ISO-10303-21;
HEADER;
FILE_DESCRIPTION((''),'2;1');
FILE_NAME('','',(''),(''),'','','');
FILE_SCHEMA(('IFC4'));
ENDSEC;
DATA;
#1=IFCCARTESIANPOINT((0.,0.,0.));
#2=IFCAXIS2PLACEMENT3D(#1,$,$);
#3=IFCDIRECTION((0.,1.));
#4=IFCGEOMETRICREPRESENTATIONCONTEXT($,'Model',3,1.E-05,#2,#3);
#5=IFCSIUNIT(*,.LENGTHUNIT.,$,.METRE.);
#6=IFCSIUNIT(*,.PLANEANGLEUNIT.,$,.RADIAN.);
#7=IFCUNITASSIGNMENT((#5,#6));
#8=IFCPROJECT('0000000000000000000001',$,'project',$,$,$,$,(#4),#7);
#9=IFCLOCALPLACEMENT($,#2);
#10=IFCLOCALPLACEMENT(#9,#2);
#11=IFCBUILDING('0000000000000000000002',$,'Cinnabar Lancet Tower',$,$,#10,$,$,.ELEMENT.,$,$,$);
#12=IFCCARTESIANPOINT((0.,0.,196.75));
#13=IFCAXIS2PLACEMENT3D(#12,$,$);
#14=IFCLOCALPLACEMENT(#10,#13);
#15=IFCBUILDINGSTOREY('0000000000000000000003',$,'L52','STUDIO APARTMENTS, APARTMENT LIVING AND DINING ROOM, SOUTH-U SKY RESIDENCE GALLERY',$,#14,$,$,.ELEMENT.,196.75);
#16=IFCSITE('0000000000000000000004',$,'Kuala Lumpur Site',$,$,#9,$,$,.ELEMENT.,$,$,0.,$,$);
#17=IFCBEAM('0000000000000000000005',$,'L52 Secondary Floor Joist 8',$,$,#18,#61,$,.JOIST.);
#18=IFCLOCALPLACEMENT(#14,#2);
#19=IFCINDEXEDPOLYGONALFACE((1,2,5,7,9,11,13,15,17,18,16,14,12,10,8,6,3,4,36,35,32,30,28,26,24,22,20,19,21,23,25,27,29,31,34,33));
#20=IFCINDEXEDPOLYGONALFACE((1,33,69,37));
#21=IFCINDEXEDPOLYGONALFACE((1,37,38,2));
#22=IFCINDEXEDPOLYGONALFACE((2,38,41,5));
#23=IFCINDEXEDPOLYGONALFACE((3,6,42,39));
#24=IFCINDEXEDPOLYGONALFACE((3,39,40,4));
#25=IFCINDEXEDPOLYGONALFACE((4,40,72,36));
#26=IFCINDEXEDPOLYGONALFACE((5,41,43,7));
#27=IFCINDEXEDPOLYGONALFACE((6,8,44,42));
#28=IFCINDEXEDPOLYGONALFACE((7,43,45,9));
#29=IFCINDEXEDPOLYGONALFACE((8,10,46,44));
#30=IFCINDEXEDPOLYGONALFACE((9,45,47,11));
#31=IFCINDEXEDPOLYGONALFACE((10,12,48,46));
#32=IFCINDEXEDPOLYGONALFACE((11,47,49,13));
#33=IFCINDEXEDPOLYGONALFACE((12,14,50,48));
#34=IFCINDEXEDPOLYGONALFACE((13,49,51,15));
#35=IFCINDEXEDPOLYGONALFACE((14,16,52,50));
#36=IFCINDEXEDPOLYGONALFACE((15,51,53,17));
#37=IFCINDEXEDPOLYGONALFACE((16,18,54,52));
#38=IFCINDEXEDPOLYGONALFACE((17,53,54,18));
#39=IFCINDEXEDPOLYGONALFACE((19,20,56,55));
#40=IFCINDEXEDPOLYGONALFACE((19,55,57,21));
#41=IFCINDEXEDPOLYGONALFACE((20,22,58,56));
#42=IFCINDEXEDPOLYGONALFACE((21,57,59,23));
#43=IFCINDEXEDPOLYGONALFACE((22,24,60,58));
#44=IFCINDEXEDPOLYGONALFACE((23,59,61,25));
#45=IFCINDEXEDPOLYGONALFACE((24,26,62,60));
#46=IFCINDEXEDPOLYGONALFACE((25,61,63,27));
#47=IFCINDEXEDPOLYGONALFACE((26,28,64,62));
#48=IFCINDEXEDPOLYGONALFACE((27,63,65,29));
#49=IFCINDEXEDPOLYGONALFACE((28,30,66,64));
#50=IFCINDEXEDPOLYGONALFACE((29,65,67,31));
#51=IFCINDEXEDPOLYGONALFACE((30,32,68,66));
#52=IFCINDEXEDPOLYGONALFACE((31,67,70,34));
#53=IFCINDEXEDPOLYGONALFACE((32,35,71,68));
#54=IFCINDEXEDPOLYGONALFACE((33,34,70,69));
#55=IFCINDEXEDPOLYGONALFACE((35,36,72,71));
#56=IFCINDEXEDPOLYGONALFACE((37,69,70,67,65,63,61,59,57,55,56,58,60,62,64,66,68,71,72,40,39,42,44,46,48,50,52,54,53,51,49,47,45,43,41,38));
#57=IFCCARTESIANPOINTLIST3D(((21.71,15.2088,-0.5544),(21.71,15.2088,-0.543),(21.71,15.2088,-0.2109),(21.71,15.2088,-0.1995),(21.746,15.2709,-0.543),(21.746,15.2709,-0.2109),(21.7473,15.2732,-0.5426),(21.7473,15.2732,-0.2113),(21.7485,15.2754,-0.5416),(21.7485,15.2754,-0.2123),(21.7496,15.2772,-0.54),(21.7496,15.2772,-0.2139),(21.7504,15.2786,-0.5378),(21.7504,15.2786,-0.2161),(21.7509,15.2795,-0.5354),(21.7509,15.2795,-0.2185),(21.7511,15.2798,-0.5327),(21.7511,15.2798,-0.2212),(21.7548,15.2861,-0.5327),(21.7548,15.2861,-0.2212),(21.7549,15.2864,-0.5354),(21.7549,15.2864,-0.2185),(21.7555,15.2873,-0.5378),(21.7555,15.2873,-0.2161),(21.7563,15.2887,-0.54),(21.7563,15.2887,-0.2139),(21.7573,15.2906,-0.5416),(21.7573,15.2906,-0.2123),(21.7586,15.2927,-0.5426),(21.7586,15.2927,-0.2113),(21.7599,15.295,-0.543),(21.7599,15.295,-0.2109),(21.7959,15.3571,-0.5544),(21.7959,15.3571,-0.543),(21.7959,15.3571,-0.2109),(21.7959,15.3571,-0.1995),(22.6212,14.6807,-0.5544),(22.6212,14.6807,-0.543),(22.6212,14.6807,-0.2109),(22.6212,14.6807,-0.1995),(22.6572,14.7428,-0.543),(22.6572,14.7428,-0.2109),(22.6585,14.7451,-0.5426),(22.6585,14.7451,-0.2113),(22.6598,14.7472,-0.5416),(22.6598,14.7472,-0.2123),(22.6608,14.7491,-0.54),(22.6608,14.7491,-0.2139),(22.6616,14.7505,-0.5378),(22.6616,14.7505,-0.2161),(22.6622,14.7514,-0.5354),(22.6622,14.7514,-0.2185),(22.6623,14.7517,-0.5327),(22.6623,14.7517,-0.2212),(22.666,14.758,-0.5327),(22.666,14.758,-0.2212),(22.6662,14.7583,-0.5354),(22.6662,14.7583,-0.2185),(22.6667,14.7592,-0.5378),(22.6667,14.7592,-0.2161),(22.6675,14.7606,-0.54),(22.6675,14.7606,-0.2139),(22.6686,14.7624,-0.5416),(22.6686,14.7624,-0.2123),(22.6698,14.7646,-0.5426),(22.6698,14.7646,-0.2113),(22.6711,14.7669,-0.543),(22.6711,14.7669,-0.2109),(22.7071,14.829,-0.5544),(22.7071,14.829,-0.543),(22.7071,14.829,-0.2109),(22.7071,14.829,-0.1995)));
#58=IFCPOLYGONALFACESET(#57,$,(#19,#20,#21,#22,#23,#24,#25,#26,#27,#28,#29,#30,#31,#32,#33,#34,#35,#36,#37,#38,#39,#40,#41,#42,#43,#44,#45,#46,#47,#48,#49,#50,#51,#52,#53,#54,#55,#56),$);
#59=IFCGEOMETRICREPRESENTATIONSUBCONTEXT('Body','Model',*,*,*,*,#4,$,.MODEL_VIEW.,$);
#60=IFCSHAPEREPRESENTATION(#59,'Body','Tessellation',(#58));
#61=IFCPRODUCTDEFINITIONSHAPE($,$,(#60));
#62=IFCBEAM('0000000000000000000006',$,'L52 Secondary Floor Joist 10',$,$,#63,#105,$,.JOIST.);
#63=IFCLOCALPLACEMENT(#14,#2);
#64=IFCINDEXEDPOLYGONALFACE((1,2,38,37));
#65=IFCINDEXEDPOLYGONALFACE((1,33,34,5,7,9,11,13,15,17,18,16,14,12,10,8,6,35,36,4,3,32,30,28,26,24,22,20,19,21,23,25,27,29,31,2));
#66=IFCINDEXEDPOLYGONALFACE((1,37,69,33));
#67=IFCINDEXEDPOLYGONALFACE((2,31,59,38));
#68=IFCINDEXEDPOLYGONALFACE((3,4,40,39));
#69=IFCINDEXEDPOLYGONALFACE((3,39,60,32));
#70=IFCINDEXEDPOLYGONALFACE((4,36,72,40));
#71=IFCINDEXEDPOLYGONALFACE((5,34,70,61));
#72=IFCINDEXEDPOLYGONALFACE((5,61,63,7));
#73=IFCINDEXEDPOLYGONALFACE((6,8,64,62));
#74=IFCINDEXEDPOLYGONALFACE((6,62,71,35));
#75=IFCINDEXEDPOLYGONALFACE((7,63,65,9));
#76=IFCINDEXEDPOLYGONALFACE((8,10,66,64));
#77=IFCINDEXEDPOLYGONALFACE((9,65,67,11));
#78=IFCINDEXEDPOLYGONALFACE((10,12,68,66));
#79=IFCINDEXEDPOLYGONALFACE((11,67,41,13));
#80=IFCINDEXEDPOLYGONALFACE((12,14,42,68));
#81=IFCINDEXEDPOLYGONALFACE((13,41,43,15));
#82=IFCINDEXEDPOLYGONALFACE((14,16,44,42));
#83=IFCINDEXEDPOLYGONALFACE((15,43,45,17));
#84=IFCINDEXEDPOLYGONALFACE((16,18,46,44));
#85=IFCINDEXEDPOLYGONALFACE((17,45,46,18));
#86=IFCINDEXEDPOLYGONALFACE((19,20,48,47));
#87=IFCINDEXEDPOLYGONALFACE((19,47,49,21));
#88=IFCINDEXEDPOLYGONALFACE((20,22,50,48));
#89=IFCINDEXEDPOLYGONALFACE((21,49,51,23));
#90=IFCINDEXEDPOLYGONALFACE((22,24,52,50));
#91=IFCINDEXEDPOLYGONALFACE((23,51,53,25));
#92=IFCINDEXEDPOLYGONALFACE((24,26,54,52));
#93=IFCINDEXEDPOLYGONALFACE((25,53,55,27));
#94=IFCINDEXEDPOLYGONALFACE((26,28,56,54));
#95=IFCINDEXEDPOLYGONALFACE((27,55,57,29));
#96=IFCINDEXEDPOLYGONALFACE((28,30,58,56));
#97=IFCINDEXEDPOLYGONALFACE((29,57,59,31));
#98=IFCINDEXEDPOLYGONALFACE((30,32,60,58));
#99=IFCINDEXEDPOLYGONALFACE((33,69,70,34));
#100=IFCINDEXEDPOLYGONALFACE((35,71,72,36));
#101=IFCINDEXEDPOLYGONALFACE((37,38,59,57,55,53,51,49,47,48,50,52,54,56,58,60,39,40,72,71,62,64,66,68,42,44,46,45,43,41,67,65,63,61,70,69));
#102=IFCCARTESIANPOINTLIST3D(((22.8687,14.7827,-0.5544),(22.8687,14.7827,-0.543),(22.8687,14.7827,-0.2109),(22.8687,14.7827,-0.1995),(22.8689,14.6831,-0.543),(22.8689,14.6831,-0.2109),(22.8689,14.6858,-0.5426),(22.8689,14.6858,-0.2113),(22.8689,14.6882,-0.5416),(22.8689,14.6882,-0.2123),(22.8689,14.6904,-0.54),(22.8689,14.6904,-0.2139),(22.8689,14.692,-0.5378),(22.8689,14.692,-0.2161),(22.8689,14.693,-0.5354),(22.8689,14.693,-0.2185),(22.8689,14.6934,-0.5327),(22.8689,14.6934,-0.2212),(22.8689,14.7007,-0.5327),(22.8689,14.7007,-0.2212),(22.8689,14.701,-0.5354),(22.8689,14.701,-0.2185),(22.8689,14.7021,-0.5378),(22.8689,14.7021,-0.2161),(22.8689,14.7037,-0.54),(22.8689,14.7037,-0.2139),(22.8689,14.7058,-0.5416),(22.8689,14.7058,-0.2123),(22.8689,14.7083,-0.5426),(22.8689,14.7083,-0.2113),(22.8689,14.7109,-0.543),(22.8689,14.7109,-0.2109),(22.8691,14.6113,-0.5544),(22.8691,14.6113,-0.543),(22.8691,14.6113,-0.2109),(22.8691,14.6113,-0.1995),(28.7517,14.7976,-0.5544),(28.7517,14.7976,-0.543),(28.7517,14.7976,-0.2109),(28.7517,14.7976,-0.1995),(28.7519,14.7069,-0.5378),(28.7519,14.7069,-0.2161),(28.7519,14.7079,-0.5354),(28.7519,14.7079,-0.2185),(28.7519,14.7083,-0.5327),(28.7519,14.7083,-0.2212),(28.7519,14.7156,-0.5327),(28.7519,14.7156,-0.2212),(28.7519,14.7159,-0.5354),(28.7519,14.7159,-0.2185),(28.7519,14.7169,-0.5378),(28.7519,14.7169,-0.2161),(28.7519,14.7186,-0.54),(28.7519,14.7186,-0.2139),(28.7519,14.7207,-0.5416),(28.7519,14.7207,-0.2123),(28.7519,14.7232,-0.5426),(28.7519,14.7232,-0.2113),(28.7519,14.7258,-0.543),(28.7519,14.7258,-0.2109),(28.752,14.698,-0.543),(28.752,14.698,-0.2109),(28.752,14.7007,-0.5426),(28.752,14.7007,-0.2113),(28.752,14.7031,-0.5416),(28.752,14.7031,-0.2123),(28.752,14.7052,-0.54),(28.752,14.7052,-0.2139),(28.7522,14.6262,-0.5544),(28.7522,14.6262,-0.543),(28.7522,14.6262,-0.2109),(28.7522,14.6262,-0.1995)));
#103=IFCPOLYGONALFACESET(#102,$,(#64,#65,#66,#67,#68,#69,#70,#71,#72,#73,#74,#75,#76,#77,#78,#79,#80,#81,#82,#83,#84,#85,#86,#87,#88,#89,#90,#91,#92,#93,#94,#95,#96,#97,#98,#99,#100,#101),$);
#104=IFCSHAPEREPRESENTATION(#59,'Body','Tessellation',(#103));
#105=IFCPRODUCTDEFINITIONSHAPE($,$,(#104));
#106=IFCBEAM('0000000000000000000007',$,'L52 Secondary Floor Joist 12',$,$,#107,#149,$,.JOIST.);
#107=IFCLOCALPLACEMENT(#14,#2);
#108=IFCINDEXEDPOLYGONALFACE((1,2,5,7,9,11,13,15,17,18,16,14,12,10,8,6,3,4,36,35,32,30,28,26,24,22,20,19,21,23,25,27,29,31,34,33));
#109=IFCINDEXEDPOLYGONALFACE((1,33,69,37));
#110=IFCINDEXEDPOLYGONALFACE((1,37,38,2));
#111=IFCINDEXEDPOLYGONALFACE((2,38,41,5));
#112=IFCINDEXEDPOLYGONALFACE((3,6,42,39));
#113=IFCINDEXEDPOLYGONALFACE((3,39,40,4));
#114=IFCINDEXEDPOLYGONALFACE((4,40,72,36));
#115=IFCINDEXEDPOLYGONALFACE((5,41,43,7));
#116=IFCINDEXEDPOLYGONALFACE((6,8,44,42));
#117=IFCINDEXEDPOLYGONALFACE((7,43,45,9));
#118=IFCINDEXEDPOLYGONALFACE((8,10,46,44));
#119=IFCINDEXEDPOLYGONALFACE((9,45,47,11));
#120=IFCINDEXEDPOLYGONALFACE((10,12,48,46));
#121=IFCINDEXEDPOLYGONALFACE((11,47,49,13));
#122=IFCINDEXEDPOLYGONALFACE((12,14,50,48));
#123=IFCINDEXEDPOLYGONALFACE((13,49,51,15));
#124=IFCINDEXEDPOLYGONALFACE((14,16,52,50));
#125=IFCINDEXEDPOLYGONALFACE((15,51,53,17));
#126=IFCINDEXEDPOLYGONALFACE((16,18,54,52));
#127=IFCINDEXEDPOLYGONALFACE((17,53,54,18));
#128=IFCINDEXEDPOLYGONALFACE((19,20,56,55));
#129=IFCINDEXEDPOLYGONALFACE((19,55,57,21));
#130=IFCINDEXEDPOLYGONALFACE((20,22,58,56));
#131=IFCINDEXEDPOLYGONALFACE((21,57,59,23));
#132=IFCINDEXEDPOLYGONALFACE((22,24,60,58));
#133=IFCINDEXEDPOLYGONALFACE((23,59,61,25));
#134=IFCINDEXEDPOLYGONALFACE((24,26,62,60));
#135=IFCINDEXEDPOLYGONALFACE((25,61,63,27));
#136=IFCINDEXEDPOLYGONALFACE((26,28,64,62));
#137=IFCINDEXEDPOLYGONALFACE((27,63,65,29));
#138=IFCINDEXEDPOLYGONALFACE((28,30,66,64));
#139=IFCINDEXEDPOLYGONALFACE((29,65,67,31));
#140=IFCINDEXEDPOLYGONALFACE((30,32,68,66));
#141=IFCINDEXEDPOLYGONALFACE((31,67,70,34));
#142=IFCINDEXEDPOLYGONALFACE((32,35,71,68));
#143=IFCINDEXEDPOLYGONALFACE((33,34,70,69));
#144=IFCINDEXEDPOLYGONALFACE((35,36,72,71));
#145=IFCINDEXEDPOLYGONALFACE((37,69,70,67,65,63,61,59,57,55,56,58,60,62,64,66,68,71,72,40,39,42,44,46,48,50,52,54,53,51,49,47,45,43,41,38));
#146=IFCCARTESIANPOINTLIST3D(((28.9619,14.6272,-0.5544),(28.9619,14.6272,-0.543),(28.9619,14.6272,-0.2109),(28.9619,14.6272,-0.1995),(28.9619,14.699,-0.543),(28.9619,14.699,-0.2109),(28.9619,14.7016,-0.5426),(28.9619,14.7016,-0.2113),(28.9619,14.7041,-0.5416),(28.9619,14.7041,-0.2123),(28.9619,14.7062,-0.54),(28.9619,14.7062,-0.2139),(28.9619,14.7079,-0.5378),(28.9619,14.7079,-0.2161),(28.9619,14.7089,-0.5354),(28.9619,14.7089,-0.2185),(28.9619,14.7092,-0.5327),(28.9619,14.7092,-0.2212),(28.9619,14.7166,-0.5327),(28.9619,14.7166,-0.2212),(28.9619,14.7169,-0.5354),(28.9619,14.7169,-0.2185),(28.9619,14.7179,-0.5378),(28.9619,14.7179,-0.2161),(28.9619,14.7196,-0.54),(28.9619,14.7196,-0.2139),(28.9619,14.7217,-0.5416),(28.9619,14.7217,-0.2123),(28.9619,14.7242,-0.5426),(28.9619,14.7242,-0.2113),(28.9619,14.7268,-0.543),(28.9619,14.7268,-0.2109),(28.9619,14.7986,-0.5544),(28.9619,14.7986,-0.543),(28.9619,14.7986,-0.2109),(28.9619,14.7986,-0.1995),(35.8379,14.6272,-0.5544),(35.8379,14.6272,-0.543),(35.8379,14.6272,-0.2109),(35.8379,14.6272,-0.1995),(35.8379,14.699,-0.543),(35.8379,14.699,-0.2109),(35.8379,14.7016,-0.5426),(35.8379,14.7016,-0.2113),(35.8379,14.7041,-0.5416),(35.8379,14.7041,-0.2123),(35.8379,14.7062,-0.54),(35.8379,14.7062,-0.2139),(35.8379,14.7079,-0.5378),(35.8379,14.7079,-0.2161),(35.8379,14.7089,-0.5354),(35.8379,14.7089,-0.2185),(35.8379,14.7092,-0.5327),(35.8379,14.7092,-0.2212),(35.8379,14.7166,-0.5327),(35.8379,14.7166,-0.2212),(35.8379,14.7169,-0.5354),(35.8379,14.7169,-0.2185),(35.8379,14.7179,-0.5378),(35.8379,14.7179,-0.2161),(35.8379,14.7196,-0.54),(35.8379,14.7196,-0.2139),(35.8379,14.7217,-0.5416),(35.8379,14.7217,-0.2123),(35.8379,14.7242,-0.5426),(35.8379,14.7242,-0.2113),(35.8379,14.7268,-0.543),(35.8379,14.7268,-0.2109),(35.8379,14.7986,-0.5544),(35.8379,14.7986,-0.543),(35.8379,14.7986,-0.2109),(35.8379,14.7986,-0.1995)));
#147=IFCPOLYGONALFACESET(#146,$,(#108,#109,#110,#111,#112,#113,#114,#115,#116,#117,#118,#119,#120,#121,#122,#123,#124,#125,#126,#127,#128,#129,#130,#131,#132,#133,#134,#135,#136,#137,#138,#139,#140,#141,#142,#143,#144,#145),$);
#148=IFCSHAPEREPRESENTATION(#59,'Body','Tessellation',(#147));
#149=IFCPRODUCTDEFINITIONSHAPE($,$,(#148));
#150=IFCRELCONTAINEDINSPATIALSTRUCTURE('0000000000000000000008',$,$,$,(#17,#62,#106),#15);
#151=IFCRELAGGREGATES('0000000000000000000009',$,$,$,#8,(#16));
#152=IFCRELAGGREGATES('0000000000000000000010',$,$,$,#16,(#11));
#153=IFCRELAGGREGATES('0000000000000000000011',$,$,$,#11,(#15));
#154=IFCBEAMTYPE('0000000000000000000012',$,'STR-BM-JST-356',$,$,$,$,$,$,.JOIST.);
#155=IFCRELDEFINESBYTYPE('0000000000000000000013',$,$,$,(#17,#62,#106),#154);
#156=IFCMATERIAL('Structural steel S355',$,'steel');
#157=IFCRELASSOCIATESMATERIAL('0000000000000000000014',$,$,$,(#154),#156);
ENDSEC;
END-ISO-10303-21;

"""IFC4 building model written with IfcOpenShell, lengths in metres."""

from ifc_helpers import new_model, si_unit, direction, frame, origin, origin_2d, place, context, subcontext, project, spatial, i_section, extrude, material, material_profile, profile_set, type_object, element, save


model = new_model("IFC4")

# Units and contexts
model_context = context("Model", 3, precision=1e-05, world=origin(), true_north=direction((0.0, 1.0)))
body_context = subcontext(model_context, "Body", "Model", "MODEL_VIEW")
ifc_project = project(units=[si_unit("LENGTHUNIT", "METRE"), si_unit("PLANEANGLEUNIT", "RADIAN")], contexts=[model_context])

# Site, building, storey
site_placement = place(None, origin())
site = spatial("IfcSite", under=ifc_project, at=site_placement, Name="Kuala Lumpur Site", CompositionType="ELEMENT", RefElevation=0.0)
building_placement = place(site_placement, origin())
building = spatial("IfcBuilding", under=site, at=building_placement, Name="Cinnabar Lancet Tower", CompositionType="ELEMENT")
storey_placement = place(building_placement, frame((0.0, 0.0, 196.75)))
storey = spatial("IfcBuildingStorey", under=building, at=storey_placement, Name="L52", Description="STUDIO APARTMENTS, APARTMENT LIVING AND DINING ROOM, SOUTH-U SKY RESIDENCE GALLERY", CompositionType="ELEMENT", Elevation=196.75)

# Beams
ifc_material_1 = material(Name="Structural steel S355", Category="steel")
ifc_material_profile_1 = material_profile(ifc_material_1, i_section(OverallWidth=0.1714, OverallDepth=0.355, WebThickness=0.0073, FlangeThickness=0.0115, FilletRadius=0.0103, at=origin_2d()), Name="UKB 356x171x51")
ifc_profile_set_1 = profile_set([ifc_material_profile_1], Name="Structural steel S355")
beam_type_1 = type_object("IfcBeamType", Name="STR-BM-JST-356", PredefinedType="JOIST", material=ifc_profile_set_1)
beam_1_placement = place(storey_placement, frame((21.7529, 15.283, -0.377), z_axis=(0.865188, -0.501447, 0.0), x_axis=(0.501447, 0.865188, 0.0)))
element("IfcBeam", 1, at=beam_1_placement, inside=storey, type_object=beam_type_1, Name="L52 Secondary Floor Joist 8", PredefinedType="JOIST", context=body_context, shape_type="SweptSolid", body=[
    extrude(i_section(OverallWidth=0.1714, OverallDepth=0.355, WebThickness=0.0073, FlangeThickness=0.0115, FilletRadius=0.0103, at=origin_2d()), origin(), (0.0, 0.0, 1.0), 1.0532),
])
beam_2_placement = place(storey_placement, frame((22.8689, 14.697, -0.377), z_axis=(0.999997, 0.002531, 0.0), x_axis=(-0.002531, 0.999997, 0.0)))
element("IfcBeam", 2, at=beam_2_placement, inside=storey, type_object=beam_type_1, Name="L52 Secondary Floor Joist 10", PredefinedType="JOIST", context=body_context, shape_type="SweptSolid", body=[
    extrude(i_section(OverallWidth=0.1714, OverallDepth=0.355, WebThickness=0.0073, FlangeThickness=0.0115, FilletRadius=0.0103, at=origin_2d()), origin(), (0.0, 0.0, 1.0), 5.8831),
])
beam_3_placement = place(storey_placement, frame((28.9619, 14.7129, -0.377), z_axis=(1.0, 0.0, 0.0), x_axis=(0.0, 1.0, 0.0)))
element("IfcBeam", 3, at=beam_3_placement, inside=storey, type_object=beam_type_1, Name="L52 Secondary Floor Joist 12", PredefinedType="JOIST", context=body_context, shape_type="SweptSolid", body=[
    extrude(i_section(OverallWidth=0.1714, OverallDepth=0.355, WebThickness=0.0073, FlangeThickness=0.0115, FilletRadius=0.0103, at=origin_2d()), origin(), (0.0, 0.0, 1.0), 6.876),
])

save(model, "model.ifc")
